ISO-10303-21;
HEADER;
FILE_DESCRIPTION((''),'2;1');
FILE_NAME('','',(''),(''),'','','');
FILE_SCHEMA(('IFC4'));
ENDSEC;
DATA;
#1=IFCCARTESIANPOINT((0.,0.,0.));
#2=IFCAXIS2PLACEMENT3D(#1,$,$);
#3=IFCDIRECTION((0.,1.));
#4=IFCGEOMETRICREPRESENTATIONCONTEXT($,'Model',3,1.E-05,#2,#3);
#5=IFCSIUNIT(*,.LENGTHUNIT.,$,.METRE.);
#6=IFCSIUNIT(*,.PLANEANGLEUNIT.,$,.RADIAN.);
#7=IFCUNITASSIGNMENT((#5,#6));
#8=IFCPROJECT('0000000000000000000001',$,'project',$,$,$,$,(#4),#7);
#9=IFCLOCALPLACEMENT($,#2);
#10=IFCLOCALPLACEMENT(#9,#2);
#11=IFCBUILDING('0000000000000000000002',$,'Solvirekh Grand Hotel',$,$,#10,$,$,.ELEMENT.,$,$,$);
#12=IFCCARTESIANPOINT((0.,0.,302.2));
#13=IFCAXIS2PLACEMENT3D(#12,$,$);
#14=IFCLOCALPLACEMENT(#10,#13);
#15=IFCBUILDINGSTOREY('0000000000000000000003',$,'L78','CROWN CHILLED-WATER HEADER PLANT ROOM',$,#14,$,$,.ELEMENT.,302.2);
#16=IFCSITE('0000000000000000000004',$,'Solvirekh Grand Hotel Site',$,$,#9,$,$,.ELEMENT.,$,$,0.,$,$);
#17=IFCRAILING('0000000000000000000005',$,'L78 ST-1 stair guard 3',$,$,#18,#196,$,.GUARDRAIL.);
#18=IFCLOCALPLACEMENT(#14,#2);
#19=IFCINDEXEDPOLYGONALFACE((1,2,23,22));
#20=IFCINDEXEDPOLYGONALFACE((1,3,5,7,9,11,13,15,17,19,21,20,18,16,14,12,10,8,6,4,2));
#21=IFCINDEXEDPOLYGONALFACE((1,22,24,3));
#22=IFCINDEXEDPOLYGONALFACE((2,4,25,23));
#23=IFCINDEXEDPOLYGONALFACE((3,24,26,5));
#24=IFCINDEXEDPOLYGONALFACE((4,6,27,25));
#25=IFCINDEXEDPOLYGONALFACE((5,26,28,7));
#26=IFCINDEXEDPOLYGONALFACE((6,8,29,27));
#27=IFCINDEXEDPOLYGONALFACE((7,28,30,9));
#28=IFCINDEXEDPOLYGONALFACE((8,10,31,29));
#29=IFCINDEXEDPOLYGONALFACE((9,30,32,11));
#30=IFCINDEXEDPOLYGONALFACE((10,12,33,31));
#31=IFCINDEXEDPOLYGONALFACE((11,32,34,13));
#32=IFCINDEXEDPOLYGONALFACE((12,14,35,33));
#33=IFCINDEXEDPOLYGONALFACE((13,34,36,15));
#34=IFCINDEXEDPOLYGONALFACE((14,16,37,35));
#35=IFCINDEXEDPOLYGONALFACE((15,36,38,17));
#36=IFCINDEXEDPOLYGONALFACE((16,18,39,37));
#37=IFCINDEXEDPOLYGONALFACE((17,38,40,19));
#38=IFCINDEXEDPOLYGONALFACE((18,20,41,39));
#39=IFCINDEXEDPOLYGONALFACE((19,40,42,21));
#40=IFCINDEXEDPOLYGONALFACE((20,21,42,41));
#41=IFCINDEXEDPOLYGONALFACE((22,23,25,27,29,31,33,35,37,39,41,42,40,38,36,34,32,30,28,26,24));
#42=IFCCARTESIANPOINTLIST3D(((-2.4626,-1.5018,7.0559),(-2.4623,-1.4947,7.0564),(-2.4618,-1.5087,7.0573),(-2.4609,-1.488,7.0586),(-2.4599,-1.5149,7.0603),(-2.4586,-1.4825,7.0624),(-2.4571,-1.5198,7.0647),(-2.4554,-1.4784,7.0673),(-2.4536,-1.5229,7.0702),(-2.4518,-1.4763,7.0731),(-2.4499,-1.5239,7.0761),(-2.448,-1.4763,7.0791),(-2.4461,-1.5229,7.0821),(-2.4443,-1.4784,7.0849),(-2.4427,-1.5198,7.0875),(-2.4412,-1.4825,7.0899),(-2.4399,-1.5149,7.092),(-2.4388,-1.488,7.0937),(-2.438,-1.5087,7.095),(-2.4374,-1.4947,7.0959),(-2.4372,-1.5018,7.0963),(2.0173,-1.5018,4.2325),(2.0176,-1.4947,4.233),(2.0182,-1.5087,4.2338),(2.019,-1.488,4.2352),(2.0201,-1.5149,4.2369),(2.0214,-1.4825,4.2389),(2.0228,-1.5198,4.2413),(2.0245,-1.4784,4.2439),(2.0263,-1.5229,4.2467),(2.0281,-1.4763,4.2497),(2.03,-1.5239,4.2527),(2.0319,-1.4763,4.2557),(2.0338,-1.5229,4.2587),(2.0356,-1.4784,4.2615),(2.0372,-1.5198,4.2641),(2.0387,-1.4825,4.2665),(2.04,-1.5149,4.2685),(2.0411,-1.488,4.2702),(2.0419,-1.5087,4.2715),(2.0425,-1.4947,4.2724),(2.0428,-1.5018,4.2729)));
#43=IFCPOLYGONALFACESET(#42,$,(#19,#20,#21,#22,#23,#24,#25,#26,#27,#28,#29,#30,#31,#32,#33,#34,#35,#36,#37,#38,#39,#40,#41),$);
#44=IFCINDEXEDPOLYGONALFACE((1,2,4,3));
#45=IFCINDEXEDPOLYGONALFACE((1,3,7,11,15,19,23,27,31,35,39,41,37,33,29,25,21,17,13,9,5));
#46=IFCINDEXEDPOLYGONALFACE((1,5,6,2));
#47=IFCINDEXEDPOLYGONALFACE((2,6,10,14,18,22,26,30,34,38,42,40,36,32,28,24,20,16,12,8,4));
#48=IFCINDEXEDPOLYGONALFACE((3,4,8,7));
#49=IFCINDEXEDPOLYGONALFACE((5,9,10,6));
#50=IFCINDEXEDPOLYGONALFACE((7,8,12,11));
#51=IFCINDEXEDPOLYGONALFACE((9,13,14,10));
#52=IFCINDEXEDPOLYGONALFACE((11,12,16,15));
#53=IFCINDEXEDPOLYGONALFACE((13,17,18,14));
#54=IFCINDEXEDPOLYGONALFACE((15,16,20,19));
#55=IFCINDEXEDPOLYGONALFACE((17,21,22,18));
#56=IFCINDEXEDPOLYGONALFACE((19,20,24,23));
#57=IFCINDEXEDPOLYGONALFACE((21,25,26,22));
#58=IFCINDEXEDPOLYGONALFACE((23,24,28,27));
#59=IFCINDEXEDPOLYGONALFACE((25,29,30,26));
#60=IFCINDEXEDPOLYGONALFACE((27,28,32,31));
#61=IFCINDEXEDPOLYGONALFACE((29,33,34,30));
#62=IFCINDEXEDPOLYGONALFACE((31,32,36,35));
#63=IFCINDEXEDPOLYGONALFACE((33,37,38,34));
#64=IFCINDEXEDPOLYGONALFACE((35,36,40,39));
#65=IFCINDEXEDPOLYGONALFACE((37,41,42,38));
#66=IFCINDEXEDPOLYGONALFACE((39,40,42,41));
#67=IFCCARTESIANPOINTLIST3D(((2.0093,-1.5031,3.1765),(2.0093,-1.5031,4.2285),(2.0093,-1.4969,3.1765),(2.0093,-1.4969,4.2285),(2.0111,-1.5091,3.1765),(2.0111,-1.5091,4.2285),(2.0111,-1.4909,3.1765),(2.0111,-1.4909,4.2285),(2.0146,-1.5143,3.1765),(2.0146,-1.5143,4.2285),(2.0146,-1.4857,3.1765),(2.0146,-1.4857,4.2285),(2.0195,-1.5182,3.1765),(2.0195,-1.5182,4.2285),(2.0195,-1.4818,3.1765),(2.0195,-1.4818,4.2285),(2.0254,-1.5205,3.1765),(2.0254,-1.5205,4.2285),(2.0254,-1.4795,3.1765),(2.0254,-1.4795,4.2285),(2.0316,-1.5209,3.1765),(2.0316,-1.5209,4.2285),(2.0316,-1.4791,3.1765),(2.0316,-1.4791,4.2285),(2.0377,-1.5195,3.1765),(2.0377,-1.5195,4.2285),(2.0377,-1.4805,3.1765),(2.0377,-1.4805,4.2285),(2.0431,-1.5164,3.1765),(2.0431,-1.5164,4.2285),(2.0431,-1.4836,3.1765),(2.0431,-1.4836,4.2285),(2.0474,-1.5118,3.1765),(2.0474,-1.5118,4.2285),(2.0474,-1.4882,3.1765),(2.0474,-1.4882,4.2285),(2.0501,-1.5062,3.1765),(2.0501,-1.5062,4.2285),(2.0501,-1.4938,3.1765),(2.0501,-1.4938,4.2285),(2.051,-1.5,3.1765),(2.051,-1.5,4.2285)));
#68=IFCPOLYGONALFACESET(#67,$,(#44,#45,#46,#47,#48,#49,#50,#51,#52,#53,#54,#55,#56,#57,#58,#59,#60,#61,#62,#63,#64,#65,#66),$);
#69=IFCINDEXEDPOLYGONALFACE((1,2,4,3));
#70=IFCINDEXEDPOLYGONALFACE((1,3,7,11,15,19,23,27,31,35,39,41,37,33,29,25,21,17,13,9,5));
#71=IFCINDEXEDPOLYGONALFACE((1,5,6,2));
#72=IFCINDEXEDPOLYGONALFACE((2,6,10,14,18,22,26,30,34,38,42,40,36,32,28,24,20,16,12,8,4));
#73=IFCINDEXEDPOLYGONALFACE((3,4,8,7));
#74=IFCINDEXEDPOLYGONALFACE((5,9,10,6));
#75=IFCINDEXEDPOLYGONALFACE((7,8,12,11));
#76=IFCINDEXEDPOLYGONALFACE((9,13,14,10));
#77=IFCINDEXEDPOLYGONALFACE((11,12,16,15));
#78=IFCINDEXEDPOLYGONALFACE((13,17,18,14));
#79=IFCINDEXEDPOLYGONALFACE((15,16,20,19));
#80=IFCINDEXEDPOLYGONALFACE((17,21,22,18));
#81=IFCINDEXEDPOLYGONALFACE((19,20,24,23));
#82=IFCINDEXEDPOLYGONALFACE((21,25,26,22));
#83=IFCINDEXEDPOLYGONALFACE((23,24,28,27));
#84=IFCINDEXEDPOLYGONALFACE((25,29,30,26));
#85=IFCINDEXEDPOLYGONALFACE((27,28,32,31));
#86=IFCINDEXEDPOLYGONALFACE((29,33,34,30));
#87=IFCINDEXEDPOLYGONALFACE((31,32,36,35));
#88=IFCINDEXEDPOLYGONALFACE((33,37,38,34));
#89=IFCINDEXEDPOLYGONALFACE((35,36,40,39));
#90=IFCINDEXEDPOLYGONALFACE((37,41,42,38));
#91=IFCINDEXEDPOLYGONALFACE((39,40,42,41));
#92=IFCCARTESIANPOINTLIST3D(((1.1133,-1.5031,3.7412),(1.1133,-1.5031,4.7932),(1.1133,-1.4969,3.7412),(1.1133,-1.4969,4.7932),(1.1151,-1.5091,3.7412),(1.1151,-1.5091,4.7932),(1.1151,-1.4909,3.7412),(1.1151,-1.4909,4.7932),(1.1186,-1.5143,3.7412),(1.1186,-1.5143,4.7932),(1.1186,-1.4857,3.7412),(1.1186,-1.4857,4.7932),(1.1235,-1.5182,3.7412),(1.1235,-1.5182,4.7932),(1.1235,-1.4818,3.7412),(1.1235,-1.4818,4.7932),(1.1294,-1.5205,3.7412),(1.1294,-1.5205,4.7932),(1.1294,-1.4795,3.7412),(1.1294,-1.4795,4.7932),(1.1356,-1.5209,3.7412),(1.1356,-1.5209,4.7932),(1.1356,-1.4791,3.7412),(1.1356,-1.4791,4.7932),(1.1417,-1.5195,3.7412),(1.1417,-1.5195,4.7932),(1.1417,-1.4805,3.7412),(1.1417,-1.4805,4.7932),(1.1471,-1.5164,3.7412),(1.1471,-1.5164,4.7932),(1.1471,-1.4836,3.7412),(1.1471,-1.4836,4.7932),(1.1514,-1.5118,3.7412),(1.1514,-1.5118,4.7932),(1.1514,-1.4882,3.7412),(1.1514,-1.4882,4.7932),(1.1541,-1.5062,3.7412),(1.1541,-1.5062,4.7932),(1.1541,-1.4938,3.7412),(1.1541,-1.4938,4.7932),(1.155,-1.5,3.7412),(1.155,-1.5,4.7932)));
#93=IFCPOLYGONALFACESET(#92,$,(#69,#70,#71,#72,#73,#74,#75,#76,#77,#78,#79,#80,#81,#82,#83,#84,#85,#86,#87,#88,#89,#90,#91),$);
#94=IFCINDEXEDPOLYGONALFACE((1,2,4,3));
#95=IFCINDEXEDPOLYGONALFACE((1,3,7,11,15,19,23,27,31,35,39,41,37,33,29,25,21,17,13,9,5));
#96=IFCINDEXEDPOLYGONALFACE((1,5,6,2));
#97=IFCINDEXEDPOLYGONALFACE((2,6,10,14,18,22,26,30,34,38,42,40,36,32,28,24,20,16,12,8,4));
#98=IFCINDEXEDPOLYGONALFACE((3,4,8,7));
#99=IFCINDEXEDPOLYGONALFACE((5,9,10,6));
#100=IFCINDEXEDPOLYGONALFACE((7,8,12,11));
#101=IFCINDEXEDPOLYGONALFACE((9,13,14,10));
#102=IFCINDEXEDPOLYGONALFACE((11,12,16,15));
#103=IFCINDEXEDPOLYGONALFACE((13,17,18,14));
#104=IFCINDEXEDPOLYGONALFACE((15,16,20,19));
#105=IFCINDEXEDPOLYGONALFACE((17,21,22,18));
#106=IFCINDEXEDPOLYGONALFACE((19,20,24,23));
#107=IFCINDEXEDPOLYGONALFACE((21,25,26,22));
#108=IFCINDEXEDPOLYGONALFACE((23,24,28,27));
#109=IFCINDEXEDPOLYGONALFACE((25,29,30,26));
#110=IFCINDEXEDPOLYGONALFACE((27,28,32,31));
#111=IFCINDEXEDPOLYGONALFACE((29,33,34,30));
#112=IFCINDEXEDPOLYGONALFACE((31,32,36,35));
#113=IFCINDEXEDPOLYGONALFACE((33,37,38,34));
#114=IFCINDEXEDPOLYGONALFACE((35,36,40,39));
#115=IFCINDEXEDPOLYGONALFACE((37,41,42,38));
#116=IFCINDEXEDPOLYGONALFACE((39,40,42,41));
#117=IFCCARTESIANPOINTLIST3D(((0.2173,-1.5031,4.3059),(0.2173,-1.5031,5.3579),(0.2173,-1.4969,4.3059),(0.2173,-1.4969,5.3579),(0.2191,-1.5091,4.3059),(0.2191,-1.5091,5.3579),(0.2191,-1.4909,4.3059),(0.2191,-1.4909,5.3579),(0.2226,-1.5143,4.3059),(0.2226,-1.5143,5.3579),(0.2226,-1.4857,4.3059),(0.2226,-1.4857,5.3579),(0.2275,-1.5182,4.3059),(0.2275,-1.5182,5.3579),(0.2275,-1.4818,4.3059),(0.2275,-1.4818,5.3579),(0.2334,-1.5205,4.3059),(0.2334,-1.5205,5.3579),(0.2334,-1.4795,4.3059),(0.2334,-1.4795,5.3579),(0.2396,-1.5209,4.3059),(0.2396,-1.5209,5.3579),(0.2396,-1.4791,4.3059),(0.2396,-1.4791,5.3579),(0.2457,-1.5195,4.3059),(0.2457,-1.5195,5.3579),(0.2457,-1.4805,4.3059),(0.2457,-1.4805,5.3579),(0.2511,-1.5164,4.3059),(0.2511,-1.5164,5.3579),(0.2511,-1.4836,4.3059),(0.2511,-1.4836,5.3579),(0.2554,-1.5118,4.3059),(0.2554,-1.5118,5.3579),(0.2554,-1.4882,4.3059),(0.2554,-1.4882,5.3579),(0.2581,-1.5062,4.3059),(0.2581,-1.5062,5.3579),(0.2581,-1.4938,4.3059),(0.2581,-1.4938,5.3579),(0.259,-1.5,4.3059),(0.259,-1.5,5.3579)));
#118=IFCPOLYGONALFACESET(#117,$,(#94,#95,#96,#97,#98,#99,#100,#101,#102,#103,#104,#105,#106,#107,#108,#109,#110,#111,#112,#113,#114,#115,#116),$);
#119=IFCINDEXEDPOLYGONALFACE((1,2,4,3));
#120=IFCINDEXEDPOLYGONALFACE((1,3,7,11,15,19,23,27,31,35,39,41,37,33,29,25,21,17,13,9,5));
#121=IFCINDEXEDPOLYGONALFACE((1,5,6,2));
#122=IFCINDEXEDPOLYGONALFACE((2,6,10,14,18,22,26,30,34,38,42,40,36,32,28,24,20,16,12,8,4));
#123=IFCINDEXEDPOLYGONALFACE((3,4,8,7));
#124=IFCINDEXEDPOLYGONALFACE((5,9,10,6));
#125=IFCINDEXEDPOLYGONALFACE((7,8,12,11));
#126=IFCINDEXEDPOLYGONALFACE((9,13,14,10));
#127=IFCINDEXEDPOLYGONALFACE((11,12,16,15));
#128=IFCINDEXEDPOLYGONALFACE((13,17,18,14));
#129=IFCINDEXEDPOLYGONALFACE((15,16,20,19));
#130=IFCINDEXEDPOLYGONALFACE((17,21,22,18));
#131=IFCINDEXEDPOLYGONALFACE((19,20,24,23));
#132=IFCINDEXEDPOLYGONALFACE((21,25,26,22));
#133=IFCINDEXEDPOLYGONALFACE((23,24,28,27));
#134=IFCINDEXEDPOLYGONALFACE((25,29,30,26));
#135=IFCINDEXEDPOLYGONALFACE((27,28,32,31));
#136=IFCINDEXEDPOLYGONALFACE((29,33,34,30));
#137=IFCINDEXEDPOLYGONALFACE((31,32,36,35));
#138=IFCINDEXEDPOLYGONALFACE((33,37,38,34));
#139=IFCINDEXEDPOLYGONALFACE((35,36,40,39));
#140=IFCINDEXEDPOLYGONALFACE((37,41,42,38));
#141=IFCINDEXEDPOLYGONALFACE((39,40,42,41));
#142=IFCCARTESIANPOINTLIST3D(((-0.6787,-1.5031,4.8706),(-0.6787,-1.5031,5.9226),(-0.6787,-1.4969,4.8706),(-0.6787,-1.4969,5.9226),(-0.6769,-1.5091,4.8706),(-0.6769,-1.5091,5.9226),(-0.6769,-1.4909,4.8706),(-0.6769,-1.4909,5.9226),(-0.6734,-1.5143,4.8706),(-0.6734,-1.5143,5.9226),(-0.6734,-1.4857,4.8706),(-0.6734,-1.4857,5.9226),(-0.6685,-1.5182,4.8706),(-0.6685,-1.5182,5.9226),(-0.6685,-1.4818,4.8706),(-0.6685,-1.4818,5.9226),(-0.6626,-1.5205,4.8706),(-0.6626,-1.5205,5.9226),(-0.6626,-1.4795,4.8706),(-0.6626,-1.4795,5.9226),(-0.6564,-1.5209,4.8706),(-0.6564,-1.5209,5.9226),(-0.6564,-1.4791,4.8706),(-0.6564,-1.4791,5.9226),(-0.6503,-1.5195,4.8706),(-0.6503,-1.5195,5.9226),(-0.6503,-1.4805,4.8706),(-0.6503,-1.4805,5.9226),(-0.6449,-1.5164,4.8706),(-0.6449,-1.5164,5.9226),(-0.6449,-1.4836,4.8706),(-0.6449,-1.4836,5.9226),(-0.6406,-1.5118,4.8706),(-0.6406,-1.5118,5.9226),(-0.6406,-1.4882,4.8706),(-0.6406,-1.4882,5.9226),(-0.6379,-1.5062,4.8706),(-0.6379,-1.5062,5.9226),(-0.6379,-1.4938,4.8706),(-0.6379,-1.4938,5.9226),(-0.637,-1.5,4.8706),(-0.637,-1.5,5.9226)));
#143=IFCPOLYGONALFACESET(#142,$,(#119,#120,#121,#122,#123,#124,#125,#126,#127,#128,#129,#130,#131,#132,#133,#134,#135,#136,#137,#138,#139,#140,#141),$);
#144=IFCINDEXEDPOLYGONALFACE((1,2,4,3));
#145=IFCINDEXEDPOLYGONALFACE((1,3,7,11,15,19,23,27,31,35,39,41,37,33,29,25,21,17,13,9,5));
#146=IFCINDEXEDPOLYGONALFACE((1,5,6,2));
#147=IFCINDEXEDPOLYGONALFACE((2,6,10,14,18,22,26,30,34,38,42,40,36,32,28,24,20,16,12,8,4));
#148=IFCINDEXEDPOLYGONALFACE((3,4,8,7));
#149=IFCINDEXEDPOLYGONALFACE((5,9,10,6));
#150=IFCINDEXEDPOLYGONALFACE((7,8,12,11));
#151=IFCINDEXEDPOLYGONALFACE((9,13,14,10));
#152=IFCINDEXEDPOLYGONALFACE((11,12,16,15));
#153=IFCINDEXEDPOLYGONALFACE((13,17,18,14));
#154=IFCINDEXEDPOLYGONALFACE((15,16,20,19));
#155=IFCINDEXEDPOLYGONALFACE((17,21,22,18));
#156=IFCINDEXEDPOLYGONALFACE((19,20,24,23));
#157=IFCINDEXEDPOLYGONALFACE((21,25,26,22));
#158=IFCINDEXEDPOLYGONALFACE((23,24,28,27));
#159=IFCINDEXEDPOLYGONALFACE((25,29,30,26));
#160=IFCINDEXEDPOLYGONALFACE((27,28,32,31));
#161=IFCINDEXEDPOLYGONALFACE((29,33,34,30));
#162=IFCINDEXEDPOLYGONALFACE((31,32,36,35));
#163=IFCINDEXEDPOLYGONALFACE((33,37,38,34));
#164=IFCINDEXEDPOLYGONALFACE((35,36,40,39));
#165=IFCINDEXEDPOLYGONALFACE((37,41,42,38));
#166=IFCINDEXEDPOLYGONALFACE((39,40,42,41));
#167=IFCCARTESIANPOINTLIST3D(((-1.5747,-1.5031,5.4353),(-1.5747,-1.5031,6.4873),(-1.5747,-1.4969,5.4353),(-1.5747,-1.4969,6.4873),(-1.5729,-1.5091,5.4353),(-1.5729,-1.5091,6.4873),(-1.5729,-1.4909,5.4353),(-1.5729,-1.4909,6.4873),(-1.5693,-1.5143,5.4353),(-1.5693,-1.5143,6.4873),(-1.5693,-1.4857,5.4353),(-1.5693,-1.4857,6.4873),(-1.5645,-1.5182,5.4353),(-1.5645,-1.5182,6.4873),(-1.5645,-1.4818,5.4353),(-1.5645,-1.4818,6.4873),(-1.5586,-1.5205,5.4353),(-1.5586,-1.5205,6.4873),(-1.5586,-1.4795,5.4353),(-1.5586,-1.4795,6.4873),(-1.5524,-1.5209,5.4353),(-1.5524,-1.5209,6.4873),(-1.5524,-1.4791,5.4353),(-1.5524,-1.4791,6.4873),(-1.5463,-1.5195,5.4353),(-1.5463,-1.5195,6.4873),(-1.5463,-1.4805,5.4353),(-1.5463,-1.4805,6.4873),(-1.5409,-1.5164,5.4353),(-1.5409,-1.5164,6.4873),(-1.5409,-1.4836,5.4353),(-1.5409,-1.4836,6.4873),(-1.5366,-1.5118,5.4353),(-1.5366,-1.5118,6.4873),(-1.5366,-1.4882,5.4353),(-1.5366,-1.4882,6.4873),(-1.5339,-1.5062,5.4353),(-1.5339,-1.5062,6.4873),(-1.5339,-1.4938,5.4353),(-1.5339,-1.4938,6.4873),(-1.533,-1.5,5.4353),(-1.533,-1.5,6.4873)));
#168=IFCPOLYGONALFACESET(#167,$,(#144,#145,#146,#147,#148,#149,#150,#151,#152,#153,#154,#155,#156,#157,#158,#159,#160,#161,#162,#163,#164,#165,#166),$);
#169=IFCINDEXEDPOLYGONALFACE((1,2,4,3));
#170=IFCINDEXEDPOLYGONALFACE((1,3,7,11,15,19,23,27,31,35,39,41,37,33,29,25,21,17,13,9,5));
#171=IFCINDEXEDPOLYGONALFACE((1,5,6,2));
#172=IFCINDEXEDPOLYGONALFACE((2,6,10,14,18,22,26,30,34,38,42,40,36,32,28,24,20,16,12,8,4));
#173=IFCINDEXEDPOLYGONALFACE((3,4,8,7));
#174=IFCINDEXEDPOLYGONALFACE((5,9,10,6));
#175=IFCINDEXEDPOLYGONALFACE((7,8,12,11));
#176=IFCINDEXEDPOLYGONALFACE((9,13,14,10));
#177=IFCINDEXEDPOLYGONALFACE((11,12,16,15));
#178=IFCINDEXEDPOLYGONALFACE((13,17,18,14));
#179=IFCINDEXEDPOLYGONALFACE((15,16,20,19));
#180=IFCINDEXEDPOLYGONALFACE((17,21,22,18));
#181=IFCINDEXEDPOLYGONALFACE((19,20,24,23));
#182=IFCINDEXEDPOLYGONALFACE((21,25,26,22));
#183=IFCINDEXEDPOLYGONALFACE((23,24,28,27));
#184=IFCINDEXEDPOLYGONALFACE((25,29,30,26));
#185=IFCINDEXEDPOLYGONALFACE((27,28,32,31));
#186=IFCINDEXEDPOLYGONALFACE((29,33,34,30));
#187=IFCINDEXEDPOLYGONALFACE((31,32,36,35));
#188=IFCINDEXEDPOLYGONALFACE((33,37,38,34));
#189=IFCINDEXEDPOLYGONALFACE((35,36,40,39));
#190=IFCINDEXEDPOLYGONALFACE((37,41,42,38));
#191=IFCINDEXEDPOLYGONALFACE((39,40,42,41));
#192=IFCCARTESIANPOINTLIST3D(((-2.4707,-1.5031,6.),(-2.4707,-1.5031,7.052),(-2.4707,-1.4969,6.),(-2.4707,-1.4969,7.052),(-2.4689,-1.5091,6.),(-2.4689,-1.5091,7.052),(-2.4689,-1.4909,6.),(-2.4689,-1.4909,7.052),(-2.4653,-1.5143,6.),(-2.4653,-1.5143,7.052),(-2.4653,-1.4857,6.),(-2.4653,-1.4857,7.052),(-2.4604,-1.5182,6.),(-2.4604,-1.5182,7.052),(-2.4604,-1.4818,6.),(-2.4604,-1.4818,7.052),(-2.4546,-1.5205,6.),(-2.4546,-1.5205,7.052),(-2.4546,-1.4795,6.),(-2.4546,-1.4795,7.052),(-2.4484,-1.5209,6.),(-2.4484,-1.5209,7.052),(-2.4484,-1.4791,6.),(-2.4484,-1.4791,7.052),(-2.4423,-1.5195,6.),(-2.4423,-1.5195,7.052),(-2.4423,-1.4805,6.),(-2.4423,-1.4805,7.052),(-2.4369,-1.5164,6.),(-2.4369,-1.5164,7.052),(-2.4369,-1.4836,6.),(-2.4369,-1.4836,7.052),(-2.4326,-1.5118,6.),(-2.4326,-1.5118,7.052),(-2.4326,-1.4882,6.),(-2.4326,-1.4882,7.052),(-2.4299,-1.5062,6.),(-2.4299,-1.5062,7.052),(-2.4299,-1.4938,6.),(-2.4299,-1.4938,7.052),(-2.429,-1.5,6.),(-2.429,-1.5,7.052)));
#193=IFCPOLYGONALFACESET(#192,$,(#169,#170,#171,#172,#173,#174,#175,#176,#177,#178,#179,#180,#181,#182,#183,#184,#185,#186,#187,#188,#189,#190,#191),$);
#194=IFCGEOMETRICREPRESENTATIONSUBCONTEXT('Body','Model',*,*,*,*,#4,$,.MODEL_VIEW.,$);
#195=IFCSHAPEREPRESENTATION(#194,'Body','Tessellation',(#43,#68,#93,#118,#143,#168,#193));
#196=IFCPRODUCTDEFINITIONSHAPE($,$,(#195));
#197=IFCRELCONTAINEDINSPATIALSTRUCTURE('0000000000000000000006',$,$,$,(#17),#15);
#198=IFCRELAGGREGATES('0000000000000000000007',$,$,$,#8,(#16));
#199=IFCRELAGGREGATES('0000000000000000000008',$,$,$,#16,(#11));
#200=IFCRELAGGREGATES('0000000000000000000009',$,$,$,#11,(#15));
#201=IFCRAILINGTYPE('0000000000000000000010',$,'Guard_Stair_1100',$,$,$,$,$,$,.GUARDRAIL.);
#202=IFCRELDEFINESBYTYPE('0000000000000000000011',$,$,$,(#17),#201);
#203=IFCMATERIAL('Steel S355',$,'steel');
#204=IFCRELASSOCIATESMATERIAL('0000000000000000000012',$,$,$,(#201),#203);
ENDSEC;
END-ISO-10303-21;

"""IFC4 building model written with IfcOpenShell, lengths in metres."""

from ifc_helpers import new_model, si_unit, direction, frame, origin, origin_2d, place, context, subcontext, project, spatial, circle, extrude, material, type_object, element, save


model = new_model("IFC4")

# Units and contexts
model_context = context("Model", 3, precision=1e-05, world=origin(), true_north=direction((0.0, 1.0)))
body_context = subcontext(model_context, "Body", "Model", "MODEL_VIEW")
ifc_project = project(units=[si_unit("LENGTHUNIT", "METRE"), si_unit("PLANEANGLEUNIT", "RADIAN")], contexts=[model_context])

# Site, building, storey
site_placement = place(None, origin())
site = spatial("IfcSite", under=ifc_project, at=site_placement, Name="Solvirekh Grand Hotel Site", CompositionType="ELEMENT", RefElevation=0.0)
building_placement = place(site_placement, origin())
building = spatial("IfcBuilding", under=site, at=building_placement, Name="Solvirekh Grand Hotel", CompositionType="ELEMENT")
storey_placement = place(building_placement, frame((0.0, 0.0, 302.2)))
storey = spatial("IfcBuildingStorey", under=building, at=storey_placement, Name="L78", Description="CROWN CHILLED-WATER HEADER PLANT ROOM", CompositionType="ELEMENT", Elevation=302.2)

# Shared definitions
ifc_material_1 = material(Name="Steel S355", Category="steel")

# Railing
railing_type_1 = type_object("IfcRailingType", Name="Guard_Stair_1100", PredefinedType="GUARDRAIL", material=ifc_material_1)
railing_1_placement = place(storey_placement, frame((2.03, -1.5, 3.1765)))
element("IfcRailing", 1, at=railing_1_placement, inside=storey, type_object=railing_type_1, Name="L78 ST-1 stair guard 3", PredefinedType="GUARDRAIL", context=body_context, shape_type="SweptSolid", body=[
    extrude(circle(Radius=0.0239, at=origin_2d()), frame((0.0, 0.0, 1.0762), z_axis=(-0.845998, 0.0, 0.533186), x_axis=(0.0, -1.0, 0.0)), (0.0, 0.0, 1.0), 5.2954),
    extrude(circle(Radius=0.021, at=origin_2d()), origin(), (0.0, 0.0, 1.0), 1.052),
    extrude(circle(Radius=0.021, at=origin_2d()), frame((-0.896, 0.0, 0.5647)), (0.0, 0.0, 1.0), 1.052),
    extrude(circle(Radius=0.021, at=origin_2d()), frame((-1.792, 0.0, 1.1294)), (0.0, 0.0, 1.0), 1.052),
    extrude(circle(Radius=0.021, at=origin_2d()), frame((-2.688, 0.0, 1.6941)), (0.0, 0.0, 1.0), 1.052),
    extrude(circle(Radius=0.021, at=origin_2d()), frame((-3.584, 0.0, 2.2588)), (0.0, 0.0, 1.0), 1.052),
    extrude(circle(Radius=0.021, at=origin_2d()), frame((-4.48, 0.0, 2.8235)), (0.0, 0.0, 1.0), 1.052),
])

save(model, "model.ifc")
